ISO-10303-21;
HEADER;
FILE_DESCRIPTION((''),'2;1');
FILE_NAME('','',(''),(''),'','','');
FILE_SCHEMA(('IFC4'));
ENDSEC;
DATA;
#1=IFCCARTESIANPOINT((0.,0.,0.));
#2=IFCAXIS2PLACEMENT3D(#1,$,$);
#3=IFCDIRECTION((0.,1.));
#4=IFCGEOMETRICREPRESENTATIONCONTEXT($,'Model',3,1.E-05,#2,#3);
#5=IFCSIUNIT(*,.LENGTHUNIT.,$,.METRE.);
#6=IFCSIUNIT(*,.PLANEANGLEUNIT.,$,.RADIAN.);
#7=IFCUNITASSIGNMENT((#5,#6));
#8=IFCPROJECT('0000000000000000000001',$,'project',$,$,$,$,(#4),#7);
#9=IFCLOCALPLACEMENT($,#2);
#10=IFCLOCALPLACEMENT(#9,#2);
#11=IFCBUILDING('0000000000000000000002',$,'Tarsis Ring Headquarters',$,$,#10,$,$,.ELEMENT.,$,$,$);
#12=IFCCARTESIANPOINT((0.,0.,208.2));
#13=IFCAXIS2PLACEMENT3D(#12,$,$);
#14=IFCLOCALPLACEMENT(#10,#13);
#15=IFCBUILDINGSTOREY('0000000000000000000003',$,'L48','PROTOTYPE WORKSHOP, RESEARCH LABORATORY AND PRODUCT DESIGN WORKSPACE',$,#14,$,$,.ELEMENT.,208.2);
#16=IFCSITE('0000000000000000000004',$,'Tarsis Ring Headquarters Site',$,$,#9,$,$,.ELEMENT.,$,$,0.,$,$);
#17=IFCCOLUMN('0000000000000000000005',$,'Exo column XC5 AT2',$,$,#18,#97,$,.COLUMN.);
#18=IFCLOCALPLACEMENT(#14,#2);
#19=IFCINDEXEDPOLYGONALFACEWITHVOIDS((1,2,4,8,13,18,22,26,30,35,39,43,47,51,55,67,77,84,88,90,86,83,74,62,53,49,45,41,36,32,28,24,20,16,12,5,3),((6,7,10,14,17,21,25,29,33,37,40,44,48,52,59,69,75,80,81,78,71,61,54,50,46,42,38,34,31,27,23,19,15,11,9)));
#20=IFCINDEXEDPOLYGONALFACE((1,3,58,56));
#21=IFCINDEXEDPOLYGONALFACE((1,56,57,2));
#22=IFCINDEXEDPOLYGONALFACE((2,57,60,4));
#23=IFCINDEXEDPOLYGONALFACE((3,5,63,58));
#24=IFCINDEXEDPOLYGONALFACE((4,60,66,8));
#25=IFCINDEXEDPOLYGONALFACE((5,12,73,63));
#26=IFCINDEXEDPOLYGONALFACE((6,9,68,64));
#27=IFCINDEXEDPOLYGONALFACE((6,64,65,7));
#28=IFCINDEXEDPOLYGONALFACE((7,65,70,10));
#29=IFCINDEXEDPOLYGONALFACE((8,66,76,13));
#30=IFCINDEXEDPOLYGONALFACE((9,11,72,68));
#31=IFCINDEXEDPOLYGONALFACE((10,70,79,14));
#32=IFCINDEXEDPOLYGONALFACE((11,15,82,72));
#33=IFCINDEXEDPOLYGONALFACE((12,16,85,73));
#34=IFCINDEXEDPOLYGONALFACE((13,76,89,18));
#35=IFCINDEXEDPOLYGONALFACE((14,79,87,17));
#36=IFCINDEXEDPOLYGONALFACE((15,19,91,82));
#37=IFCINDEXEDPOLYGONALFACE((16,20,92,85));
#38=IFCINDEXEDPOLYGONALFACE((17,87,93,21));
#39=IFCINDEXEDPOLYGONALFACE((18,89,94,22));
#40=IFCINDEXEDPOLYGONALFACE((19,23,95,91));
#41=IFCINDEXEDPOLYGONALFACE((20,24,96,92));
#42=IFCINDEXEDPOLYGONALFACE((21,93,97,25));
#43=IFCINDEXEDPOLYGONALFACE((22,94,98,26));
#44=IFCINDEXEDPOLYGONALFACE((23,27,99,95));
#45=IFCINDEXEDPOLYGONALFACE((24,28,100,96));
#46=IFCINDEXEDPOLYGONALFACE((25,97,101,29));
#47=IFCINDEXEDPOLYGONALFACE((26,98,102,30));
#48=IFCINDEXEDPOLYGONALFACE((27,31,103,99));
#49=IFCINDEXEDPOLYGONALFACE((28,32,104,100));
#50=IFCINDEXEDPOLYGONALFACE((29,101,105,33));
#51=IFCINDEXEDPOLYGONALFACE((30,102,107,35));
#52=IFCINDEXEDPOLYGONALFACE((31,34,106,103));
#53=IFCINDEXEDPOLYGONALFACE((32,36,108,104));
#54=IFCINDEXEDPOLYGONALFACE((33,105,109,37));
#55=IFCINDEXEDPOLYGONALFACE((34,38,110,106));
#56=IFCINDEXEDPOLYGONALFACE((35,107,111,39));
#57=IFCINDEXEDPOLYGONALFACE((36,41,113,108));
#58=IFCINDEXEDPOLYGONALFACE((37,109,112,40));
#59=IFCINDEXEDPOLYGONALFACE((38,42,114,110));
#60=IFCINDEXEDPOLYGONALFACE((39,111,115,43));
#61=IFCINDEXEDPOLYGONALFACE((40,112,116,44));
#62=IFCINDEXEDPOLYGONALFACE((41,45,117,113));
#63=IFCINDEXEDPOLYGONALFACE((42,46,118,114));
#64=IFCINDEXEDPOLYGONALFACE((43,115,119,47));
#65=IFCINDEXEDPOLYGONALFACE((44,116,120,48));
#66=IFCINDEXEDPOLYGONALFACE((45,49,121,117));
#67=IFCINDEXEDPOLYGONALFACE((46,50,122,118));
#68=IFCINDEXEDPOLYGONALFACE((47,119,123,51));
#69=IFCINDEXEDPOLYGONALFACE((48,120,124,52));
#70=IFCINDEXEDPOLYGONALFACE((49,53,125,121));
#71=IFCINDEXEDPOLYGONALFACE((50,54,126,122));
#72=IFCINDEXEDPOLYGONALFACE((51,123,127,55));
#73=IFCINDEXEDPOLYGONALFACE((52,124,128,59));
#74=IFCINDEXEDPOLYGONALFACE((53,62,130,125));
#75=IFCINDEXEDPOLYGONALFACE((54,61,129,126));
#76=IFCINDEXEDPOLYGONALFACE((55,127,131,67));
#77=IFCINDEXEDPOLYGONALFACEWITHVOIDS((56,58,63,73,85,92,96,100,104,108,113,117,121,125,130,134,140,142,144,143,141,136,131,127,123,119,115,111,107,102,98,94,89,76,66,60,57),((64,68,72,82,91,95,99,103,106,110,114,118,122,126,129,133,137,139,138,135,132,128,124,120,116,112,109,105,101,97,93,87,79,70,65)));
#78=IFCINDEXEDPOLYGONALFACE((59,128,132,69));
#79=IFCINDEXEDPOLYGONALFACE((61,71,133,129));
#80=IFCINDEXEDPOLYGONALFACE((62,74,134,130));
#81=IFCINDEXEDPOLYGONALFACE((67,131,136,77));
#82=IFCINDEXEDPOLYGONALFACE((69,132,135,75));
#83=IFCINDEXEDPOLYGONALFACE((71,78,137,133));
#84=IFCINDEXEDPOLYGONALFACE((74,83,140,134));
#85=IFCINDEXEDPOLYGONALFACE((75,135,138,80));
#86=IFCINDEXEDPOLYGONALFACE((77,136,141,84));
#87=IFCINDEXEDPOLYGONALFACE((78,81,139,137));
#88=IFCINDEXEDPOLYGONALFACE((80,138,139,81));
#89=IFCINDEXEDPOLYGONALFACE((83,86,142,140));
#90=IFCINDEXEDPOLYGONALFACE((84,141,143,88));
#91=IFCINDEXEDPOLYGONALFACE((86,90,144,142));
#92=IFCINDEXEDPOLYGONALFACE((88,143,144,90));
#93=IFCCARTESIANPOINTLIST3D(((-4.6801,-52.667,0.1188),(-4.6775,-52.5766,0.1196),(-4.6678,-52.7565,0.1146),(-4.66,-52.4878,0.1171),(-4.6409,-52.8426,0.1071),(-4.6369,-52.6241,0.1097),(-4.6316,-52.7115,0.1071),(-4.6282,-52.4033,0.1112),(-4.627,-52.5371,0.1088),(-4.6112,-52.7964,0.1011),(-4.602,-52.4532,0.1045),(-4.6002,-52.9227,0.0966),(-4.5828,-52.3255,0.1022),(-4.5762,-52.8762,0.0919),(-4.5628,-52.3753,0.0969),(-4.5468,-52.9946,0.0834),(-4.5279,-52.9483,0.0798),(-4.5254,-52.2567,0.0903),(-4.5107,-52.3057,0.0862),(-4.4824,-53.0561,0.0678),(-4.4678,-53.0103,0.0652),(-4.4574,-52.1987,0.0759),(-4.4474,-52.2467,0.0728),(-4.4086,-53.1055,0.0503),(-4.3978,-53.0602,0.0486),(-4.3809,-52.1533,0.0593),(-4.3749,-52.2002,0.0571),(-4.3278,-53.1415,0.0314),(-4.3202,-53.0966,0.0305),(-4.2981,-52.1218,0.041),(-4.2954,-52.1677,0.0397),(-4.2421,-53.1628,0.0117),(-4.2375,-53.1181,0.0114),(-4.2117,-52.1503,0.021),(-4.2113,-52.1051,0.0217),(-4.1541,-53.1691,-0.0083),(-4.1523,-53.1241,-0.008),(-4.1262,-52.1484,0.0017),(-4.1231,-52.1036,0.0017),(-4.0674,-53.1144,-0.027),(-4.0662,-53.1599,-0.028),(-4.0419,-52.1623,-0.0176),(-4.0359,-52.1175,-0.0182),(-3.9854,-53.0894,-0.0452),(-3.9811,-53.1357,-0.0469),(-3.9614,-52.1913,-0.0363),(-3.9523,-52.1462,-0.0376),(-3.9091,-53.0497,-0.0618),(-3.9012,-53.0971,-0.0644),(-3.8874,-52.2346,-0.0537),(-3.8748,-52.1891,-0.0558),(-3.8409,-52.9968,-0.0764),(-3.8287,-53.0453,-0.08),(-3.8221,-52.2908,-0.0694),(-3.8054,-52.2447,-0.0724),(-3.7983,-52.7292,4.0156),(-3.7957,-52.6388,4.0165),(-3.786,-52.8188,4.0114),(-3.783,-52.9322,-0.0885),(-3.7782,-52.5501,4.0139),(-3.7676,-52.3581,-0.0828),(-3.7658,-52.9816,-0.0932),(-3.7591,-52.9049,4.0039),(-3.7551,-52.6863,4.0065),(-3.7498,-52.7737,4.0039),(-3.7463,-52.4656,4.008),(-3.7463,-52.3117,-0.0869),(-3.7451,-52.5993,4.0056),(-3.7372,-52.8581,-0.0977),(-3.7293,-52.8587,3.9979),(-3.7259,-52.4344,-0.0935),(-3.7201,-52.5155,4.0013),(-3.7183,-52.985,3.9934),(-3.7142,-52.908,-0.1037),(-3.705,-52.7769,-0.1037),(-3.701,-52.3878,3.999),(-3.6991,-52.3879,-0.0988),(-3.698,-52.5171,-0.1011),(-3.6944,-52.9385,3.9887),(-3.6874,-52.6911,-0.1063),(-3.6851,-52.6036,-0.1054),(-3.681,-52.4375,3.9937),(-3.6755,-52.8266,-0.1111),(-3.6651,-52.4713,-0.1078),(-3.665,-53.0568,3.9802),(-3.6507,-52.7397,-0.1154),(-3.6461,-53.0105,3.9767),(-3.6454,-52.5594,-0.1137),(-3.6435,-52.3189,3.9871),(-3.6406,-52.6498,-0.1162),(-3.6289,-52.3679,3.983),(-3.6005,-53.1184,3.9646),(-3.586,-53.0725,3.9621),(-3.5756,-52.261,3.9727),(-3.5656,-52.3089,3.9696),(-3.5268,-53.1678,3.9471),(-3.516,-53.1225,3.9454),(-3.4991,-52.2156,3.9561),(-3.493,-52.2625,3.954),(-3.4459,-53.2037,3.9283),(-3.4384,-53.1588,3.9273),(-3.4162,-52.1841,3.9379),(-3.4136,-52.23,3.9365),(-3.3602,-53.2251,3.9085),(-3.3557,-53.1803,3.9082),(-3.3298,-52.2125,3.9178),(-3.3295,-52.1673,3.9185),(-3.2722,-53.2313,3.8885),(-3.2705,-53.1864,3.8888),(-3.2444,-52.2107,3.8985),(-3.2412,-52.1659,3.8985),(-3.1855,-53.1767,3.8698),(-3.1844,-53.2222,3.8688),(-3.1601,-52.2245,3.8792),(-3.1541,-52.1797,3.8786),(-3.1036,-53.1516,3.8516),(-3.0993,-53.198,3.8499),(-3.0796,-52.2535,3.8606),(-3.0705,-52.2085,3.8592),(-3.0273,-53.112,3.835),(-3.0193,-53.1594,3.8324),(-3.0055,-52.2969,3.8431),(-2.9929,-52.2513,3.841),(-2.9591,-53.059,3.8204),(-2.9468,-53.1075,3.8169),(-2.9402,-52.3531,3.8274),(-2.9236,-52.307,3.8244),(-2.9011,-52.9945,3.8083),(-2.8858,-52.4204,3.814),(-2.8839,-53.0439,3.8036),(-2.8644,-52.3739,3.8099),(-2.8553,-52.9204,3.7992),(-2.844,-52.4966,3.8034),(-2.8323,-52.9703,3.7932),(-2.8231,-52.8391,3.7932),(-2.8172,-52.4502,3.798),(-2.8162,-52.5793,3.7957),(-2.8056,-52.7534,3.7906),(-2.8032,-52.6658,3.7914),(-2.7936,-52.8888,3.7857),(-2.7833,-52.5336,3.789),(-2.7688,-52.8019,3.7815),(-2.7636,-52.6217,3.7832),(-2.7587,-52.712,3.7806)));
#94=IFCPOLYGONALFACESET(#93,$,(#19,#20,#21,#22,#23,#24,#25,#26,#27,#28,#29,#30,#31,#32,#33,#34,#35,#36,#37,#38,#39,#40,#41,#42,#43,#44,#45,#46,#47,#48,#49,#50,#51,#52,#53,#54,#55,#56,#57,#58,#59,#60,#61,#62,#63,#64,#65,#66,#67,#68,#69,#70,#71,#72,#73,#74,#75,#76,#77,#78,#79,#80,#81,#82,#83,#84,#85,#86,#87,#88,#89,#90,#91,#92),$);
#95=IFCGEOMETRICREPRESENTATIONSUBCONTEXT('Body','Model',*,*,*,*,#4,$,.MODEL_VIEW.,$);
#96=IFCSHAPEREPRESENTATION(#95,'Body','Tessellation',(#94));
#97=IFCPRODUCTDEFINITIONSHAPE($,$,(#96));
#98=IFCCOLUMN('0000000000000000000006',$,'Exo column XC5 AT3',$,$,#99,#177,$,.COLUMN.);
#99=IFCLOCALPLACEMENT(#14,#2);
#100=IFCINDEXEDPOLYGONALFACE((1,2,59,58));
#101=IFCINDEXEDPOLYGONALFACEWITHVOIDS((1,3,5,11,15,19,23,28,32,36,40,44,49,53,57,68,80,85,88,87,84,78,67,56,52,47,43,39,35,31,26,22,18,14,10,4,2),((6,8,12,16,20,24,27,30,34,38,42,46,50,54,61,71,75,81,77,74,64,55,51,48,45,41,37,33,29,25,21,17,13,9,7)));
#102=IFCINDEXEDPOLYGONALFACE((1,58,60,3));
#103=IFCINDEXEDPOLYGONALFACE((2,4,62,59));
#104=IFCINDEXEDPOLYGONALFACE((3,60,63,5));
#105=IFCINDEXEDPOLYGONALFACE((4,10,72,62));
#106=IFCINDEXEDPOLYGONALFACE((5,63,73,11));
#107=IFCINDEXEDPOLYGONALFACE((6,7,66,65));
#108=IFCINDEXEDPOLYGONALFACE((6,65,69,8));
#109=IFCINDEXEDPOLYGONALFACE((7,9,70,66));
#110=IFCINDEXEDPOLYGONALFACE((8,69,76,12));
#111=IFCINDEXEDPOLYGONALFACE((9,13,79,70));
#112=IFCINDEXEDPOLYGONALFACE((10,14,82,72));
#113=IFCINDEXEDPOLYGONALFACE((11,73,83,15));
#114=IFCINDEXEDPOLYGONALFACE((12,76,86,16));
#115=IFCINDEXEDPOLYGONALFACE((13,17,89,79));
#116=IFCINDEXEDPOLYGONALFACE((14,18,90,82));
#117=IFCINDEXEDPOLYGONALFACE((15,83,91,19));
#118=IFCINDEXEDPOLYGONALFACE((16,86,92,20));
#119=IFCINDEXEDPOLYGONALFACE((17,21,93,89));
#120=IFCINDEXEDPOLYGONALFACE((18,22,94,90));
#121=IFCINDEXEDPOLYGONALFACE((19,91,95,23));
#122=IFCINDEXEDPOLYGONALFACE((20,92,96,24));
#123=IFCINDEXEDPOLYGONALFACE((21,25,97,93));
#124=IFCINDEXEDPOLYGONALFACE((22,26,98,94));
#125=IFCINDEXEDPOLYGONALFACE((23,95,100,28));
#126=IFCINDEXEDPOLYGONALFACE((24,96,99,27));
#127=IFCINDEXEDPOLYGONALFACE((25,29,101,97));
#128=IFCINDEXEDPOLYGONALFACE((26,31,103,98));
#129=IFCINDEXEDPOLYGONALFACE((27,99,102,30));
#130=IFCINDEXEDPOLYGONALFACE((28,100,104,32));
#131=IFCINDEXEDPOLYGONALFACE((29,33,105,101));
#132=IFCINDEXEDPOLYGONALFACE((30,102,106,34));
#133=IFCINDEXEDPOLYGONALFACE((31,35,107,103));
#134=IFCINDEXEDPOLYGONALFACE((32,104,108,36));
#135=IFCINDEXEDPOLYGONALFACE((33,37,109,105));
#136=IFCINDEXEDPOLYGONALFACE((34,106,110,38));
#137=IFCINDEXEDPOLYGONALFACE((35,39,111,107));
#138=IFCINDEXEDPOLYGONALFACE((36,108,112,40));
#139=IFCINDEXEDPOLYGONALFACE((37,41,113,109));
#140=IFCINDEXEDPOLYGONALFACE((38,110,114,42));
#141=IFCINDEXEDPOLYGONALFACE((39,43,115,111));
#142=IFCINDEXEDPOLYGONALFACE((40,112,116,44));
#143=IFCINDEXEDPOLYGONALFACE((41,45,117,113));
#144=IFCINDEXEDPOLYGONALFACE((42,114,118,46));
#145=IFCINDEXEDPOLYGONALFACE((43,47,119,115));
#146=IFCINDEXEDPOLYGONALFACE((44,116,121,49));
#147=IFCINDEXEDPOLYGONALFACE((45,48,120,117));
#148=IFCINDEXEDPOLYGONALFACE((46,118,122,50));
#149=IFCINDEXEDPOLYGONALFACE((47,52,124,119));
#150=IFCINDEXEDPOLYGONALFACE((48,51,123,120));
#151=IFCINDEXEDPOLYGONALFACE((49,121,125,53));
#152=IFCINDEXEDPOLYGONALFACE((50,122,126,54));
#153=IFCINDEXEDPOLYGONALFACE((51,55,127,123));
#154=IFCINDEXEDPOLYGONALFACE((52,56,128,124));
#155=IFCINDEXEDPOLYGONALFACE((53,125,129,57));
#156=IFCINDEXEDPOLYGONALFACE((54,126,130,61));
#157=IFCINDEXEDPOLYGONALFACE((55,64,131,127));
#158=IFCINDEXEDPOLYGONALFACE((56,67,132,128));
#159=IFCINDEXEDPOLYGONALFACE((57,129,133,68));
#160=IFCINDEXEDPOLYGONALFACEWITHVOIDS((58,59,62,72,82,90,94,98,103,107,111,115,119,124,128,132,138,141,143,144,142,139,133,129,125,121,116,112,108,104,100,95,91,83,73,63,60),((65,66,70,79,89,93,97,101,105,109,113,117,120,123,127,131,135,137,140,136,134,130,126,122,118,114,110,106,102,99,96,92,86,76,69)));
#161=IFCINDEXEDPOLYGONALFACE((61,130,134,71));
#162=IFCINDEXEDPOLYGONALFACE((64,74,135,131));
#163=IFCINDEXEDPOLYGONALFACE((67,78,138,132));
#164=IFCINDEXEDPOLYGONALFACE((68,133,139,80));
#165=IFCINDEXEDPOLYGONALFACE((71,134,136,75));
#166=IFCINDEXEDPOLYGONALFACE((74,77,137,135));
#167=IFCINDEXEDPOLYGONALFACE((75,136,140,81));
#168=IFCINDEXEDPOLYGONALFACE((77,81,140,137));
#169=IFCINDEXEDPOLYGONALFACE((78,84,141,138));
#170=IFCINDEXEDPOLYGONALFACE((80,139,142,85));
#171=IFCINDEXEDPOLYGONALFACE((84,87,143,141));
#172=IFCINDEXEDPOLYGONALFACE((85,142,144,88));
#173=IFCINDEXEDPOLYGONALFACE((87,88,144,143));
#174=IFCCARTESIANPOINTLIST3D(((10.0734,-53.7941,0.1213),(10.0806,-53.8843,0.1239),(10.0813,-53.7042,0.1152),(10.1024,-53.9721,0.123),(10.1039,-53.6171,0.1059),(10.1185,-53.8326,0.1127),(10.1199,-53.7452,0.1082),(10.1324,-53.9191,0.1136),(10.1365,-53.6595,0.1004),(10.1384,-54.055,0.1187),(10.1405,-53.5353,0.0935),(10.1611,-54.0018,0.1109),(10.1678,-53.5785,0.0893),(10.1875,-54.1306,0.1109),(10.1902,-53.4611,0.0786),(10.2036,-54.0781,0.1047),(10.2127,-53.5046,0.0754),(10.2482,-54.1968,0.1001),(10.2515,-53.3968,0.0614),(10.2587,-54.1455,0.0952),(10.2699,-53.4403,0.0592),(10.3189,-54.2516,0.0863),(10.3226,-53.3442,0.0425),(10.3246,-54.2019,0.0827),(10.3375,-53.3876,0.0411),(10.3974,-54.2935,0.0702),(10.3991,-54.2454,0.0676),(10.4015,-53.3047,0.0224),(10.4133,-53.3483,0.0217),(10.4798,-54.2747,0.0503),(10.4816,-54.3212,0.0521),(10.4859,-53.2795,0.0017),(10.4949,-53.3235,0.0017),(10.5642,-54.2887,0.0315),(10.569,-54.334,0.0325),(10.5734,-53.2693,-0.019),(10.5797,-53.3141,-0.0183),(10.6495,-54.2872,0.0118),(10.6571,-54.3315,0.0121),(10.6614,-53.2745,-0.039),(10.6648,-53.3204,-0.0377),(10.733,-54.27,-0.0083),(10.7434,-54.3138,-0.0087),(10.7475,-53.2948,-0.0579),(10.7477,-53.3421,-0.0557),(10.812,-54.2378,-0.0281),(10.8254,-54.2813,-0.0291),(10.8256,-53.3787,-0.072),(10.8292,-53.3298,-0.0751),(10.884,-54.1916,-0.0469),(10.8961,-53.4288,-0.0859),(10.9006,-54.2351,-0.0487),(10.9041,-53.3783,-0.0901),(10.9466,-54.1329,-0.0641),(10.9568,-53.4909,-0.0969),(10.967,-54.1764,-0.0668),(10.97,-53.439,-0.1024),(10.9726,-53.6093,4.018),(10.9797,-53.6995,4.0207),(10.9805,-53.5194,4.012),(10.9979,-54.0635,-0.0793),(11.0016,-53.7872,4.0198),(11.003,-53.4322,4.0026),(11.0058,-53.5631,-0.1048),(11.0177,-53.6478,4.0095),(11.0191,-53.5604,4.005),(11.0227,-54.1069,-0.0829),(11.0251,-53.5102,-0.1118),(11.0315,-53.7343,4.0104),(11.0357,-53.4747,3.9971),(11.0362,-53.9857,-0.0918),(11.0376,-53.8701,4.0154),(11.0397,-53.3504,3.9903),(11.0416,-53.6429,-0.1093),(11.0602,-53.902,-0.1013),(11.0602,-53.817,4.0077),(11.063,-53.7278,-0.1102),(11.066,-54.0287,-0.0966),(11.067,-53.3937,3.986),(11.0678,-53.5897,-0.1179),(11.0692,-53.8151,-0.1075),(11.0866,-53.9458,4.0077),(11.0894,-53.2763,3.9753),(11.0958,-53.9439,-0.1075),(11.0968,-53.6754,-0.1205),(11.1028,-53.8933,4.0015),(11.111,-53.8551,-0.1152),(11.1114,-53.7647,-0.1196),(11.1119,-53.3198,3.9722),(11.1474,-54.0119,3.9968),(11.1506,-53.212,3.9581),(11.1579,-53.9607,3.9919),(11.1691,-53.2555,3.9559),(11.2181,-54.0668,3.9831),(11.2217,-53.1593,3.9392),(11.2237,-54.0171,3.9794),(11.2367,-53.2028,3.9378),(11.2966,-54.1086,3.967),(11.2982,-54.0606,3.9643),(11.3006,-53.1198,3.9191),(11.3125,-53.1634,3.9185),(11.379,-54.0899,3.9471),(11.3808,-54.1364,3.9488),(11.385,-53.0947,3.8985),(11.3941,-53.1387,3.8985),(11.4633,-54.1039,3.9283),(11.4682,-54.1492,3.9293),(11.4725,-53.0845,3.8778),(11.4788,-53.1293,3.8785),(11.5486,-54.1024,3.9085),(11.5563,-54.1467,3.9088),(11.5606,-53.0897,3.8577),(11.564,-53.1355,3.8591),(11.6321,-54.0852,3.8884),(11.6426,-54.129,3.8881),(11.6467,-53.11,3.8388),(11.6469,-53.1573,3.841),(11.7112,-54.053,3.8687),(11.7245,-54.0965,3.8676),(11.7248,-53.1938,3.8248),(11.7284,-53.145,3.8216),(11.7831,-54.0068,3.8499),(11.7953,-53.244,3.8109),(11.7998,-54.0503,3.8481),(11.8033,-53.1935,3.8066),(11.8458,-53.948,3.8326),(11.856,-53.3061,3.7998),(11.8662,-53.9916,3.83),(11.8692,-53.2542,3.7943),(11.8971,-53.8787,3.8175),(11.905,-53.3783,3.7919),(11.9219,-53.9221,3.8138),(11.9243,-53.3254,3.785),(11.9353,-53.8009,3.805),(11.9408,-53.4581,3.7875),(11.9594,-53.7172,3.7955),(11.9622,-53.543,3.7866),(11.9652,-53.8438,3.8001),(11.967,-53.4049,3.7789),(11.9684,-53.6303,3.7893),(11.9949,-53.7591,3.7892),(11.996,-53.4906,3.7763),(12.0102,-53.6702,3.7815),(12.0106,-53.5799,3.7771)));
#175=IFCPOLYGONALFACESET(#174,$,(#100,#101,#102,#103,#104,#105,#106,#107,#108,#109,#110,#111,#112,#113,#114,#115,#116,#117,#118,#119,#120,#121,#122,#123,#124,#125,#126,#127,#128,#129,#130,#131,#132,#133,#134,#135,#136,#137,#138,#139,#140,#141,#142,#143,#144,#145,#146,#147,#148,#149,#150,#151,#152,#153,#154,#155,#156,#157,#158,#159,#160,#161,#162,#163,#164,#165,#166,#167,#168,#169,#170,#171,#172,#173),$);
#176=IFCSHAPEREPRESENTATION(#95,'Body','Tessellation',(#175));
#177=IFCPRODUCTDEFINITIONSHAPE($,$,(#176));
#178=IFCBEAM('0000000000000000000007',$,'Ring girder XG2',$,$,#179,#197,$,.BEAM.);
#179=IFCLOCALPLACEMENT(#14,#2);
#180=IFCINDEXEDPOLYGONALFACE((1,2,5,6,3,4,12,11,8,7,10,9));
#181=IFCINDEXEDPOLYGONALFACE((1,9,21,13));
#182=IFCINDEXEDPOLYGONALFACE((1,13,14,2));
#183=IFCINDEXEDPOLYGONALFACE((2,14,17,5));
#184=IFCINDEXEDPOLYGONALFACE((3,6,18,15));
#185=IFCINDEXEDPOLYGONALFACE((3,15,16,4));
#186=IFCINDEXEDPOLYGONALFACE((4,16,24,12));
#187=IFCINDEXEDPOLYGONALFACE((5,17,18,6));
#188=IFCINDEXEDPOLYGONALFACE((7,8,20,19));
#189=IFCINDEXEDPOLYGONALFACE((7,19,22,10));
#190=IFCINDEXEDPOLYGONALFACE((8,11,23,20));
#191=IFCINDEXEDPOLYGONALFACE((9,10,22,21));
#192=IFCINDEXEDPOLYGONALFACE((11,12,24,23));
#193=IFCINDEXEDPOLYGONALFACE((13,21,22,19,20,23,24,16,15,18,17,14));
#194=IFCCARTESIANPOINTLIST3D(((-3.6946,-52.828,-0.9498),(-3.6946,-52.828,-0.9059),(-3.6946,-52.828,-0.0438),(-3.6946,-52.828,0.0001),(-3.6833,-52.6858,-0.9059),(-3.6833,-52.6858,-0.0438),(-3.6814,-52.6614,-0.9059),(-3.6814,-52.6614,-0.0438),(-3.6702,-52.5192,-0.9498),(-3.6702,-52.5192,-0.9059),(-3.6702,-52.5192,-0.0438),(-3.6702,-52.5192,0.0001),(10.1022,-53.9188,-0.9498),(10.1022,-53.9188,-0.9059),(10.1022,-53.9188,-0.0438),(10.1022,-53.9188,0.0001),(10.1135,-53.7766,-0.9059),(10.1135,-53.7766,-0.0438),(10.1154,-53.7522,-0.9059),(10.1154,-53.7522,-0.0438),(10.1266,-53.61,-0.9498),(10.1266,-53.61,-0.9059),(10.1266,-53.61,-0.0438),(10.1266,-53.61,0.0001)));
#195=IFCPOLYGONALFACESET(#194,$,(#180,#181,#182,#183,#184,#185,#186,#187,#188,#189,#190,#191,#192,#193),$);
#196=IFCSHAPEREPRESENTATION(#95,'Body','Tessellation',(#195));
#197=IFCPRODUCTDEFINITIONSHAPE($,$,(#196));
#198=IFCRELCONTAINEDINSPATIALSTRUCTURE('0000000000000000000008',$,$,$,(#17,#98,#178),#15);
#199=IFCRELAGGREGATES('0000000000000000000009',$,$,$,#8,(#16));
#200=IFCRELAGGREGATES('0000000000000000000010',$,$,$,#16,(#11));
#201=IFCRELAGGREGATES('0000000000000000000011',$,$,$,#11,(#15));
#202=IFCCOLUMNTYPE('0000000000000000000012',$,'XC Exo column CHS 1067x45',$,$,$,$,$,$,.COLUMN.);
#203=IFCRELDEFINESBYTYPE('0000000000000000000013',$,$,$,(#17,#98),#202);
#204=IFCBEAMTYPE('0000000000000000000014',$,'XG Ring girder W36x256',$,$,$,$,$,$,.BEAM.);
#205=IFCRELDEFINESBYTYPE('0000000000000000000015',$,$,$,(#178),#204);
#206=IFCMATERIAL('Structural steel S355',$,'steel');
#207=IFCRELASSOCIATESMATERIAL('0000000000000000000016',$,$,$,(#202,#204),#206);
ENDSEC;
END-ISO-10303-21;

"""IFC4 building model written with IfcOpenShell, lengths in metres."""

from ifc_helpers import new_model, si_unit, direction, frame, origin, origin_2d, place, context, subcontext, project, spatial, hollow_circle, i_section, extrude, material, material_profile, profile_set, type_object, element, save


model = new_model("IFC4")

# Units and contexts
model_context = context("Model", 3, precision=1e-05, world=origin(), true_north=direction((0.0, 1.0)))
body_context = subcontext(model_context, "Body", "Model", "MODEL_VIEW")
ifc_project = project(units=[si_unit("LENGTHUNIT", "METRE"), si_unit("PLANEANGLEUNIT", "RADIAN")], contexts=[model_context])

# Site, building, storey
site_placement = place(None, origin())
site = spatial("IfcSite", under=ifc_project, at=site_placement, Name="Tarsis Ring Headquarters Site", CompositionType="ELEMENT", RefElevation=0.0)
building_placement = place(site_placement, origin())
building = spatial("IfcBuilding", under=site, at=building_placement, Name="Tarsis Ring Headquarters", CompositionType="ELEMENT")
storey_placement = place(building_placement, frame((0.0, 0.0, 208.2)))
storey = spatial("IfcBuildingStorey", under=building, at=storey_placement, Name="L48", Description="PROTOTYPE WORKSHOP, RESEARCH LABORATORY AND PRODUCT DESIGN WORKSPACE", CompositionType="ELEMENT", Elevation=208.2)

# Columns
ifc_material_1 = material(Name="Structural steel S355", Category="steel")
ifc_material_profile_1 = material_profile(ifc_material_1, hollow_circle(Radius=0.5334, WallThickness=0.0449, at=origin_2d()), Name="CHS 1067x45")
ifc_profile_set_1 = profile_set([ifc_material_profile_1], Name="Structural steel S355")
column_type = type_object("IfcColumnType", Name="XC Exo column CHS 1067x45", PredefinedType="COLUMN", material=ifc_profile_set_1)
column_1_placement = place(storey_placement, frame((-4.1606, -52.6357, 0.0017), z_axis=(0.220694, -0.015581, 0.975219), x_axis=(0.070423, 0.997517, 0.0)))
element("IfcColumn", 1, at=column_1_placement, inside=storey, type_object=column_type, Name="Exo column XC5 AT2", PredefinedType="COLUMN", context=body_context, shape_type="SweptSolid", body=[
    extrude(hollow_circle(Radius=0.5334, WallThickness=0.0449, at=origin_2d()), origin(), (0.0, 0.0, 1.0), 3.9958),
])
column_2_placement = place(storey_placement, frame((10.5933, -53.802, 0.0017), z_axis=(0.224602, 0.046164, 0.973356), x_axis=(-0.20133, 0.979523, 0.0)))
element("IfcColumn", 2, at=column_2_placement, inside=storey, type_object=column_type, Name="Exo column XC5 AT3", PredefinedType="COLUMN", context=body_context, shape_type="SweptSolid", body=[
    extrude(hollow_circle(Radius=0.5334, WallThickness=0.0449, at=origin_2d()), origin(), (0.0, 0.0, 1.0), 4.0034),
])

# Beam
ifc_material_profile_2 = material_profile(ifc_material_1, i_section(OverallWidth=0.3098, OverallDepth=0.95, WebThickness=0.0244, FlangeThickness=0.0439, at=origin_2d()), Name="W36x256")
ifc_profile_set_2 = profile_set([ifc_material_profile_2], Name="Structural steel S355")
beam_type = type_object("IfcBeamType", Name="XG Ring girder W36x256", PredefinedType="BEAM", material=ifc_profile_set_2)
beam_1_placement = place(storey_placement, frame((-3.6824, -52.6736, -0.4749), z_axis=(0.996889, -0.078817, 0.0), x_axis=(0.078817, 0.996889, 0.0)))
element("IfcBeam", 3, at=beam_1_placement, inside=storey, type_object=beam_type, Name="Ring girder XG2", PredefinedType="BEAM", context=body_context, shape_type="SweptSolid", body=[
    extrude(i_section(OverallWidth=0.3098, OverallDepth=0.95, WebThickness=0.0244, FlangeThickness=0.0439, at=origin_2d()), origin(), (0.0, 0.0, 1.0), 13.8398),
])

save(model, "model.ifc")
